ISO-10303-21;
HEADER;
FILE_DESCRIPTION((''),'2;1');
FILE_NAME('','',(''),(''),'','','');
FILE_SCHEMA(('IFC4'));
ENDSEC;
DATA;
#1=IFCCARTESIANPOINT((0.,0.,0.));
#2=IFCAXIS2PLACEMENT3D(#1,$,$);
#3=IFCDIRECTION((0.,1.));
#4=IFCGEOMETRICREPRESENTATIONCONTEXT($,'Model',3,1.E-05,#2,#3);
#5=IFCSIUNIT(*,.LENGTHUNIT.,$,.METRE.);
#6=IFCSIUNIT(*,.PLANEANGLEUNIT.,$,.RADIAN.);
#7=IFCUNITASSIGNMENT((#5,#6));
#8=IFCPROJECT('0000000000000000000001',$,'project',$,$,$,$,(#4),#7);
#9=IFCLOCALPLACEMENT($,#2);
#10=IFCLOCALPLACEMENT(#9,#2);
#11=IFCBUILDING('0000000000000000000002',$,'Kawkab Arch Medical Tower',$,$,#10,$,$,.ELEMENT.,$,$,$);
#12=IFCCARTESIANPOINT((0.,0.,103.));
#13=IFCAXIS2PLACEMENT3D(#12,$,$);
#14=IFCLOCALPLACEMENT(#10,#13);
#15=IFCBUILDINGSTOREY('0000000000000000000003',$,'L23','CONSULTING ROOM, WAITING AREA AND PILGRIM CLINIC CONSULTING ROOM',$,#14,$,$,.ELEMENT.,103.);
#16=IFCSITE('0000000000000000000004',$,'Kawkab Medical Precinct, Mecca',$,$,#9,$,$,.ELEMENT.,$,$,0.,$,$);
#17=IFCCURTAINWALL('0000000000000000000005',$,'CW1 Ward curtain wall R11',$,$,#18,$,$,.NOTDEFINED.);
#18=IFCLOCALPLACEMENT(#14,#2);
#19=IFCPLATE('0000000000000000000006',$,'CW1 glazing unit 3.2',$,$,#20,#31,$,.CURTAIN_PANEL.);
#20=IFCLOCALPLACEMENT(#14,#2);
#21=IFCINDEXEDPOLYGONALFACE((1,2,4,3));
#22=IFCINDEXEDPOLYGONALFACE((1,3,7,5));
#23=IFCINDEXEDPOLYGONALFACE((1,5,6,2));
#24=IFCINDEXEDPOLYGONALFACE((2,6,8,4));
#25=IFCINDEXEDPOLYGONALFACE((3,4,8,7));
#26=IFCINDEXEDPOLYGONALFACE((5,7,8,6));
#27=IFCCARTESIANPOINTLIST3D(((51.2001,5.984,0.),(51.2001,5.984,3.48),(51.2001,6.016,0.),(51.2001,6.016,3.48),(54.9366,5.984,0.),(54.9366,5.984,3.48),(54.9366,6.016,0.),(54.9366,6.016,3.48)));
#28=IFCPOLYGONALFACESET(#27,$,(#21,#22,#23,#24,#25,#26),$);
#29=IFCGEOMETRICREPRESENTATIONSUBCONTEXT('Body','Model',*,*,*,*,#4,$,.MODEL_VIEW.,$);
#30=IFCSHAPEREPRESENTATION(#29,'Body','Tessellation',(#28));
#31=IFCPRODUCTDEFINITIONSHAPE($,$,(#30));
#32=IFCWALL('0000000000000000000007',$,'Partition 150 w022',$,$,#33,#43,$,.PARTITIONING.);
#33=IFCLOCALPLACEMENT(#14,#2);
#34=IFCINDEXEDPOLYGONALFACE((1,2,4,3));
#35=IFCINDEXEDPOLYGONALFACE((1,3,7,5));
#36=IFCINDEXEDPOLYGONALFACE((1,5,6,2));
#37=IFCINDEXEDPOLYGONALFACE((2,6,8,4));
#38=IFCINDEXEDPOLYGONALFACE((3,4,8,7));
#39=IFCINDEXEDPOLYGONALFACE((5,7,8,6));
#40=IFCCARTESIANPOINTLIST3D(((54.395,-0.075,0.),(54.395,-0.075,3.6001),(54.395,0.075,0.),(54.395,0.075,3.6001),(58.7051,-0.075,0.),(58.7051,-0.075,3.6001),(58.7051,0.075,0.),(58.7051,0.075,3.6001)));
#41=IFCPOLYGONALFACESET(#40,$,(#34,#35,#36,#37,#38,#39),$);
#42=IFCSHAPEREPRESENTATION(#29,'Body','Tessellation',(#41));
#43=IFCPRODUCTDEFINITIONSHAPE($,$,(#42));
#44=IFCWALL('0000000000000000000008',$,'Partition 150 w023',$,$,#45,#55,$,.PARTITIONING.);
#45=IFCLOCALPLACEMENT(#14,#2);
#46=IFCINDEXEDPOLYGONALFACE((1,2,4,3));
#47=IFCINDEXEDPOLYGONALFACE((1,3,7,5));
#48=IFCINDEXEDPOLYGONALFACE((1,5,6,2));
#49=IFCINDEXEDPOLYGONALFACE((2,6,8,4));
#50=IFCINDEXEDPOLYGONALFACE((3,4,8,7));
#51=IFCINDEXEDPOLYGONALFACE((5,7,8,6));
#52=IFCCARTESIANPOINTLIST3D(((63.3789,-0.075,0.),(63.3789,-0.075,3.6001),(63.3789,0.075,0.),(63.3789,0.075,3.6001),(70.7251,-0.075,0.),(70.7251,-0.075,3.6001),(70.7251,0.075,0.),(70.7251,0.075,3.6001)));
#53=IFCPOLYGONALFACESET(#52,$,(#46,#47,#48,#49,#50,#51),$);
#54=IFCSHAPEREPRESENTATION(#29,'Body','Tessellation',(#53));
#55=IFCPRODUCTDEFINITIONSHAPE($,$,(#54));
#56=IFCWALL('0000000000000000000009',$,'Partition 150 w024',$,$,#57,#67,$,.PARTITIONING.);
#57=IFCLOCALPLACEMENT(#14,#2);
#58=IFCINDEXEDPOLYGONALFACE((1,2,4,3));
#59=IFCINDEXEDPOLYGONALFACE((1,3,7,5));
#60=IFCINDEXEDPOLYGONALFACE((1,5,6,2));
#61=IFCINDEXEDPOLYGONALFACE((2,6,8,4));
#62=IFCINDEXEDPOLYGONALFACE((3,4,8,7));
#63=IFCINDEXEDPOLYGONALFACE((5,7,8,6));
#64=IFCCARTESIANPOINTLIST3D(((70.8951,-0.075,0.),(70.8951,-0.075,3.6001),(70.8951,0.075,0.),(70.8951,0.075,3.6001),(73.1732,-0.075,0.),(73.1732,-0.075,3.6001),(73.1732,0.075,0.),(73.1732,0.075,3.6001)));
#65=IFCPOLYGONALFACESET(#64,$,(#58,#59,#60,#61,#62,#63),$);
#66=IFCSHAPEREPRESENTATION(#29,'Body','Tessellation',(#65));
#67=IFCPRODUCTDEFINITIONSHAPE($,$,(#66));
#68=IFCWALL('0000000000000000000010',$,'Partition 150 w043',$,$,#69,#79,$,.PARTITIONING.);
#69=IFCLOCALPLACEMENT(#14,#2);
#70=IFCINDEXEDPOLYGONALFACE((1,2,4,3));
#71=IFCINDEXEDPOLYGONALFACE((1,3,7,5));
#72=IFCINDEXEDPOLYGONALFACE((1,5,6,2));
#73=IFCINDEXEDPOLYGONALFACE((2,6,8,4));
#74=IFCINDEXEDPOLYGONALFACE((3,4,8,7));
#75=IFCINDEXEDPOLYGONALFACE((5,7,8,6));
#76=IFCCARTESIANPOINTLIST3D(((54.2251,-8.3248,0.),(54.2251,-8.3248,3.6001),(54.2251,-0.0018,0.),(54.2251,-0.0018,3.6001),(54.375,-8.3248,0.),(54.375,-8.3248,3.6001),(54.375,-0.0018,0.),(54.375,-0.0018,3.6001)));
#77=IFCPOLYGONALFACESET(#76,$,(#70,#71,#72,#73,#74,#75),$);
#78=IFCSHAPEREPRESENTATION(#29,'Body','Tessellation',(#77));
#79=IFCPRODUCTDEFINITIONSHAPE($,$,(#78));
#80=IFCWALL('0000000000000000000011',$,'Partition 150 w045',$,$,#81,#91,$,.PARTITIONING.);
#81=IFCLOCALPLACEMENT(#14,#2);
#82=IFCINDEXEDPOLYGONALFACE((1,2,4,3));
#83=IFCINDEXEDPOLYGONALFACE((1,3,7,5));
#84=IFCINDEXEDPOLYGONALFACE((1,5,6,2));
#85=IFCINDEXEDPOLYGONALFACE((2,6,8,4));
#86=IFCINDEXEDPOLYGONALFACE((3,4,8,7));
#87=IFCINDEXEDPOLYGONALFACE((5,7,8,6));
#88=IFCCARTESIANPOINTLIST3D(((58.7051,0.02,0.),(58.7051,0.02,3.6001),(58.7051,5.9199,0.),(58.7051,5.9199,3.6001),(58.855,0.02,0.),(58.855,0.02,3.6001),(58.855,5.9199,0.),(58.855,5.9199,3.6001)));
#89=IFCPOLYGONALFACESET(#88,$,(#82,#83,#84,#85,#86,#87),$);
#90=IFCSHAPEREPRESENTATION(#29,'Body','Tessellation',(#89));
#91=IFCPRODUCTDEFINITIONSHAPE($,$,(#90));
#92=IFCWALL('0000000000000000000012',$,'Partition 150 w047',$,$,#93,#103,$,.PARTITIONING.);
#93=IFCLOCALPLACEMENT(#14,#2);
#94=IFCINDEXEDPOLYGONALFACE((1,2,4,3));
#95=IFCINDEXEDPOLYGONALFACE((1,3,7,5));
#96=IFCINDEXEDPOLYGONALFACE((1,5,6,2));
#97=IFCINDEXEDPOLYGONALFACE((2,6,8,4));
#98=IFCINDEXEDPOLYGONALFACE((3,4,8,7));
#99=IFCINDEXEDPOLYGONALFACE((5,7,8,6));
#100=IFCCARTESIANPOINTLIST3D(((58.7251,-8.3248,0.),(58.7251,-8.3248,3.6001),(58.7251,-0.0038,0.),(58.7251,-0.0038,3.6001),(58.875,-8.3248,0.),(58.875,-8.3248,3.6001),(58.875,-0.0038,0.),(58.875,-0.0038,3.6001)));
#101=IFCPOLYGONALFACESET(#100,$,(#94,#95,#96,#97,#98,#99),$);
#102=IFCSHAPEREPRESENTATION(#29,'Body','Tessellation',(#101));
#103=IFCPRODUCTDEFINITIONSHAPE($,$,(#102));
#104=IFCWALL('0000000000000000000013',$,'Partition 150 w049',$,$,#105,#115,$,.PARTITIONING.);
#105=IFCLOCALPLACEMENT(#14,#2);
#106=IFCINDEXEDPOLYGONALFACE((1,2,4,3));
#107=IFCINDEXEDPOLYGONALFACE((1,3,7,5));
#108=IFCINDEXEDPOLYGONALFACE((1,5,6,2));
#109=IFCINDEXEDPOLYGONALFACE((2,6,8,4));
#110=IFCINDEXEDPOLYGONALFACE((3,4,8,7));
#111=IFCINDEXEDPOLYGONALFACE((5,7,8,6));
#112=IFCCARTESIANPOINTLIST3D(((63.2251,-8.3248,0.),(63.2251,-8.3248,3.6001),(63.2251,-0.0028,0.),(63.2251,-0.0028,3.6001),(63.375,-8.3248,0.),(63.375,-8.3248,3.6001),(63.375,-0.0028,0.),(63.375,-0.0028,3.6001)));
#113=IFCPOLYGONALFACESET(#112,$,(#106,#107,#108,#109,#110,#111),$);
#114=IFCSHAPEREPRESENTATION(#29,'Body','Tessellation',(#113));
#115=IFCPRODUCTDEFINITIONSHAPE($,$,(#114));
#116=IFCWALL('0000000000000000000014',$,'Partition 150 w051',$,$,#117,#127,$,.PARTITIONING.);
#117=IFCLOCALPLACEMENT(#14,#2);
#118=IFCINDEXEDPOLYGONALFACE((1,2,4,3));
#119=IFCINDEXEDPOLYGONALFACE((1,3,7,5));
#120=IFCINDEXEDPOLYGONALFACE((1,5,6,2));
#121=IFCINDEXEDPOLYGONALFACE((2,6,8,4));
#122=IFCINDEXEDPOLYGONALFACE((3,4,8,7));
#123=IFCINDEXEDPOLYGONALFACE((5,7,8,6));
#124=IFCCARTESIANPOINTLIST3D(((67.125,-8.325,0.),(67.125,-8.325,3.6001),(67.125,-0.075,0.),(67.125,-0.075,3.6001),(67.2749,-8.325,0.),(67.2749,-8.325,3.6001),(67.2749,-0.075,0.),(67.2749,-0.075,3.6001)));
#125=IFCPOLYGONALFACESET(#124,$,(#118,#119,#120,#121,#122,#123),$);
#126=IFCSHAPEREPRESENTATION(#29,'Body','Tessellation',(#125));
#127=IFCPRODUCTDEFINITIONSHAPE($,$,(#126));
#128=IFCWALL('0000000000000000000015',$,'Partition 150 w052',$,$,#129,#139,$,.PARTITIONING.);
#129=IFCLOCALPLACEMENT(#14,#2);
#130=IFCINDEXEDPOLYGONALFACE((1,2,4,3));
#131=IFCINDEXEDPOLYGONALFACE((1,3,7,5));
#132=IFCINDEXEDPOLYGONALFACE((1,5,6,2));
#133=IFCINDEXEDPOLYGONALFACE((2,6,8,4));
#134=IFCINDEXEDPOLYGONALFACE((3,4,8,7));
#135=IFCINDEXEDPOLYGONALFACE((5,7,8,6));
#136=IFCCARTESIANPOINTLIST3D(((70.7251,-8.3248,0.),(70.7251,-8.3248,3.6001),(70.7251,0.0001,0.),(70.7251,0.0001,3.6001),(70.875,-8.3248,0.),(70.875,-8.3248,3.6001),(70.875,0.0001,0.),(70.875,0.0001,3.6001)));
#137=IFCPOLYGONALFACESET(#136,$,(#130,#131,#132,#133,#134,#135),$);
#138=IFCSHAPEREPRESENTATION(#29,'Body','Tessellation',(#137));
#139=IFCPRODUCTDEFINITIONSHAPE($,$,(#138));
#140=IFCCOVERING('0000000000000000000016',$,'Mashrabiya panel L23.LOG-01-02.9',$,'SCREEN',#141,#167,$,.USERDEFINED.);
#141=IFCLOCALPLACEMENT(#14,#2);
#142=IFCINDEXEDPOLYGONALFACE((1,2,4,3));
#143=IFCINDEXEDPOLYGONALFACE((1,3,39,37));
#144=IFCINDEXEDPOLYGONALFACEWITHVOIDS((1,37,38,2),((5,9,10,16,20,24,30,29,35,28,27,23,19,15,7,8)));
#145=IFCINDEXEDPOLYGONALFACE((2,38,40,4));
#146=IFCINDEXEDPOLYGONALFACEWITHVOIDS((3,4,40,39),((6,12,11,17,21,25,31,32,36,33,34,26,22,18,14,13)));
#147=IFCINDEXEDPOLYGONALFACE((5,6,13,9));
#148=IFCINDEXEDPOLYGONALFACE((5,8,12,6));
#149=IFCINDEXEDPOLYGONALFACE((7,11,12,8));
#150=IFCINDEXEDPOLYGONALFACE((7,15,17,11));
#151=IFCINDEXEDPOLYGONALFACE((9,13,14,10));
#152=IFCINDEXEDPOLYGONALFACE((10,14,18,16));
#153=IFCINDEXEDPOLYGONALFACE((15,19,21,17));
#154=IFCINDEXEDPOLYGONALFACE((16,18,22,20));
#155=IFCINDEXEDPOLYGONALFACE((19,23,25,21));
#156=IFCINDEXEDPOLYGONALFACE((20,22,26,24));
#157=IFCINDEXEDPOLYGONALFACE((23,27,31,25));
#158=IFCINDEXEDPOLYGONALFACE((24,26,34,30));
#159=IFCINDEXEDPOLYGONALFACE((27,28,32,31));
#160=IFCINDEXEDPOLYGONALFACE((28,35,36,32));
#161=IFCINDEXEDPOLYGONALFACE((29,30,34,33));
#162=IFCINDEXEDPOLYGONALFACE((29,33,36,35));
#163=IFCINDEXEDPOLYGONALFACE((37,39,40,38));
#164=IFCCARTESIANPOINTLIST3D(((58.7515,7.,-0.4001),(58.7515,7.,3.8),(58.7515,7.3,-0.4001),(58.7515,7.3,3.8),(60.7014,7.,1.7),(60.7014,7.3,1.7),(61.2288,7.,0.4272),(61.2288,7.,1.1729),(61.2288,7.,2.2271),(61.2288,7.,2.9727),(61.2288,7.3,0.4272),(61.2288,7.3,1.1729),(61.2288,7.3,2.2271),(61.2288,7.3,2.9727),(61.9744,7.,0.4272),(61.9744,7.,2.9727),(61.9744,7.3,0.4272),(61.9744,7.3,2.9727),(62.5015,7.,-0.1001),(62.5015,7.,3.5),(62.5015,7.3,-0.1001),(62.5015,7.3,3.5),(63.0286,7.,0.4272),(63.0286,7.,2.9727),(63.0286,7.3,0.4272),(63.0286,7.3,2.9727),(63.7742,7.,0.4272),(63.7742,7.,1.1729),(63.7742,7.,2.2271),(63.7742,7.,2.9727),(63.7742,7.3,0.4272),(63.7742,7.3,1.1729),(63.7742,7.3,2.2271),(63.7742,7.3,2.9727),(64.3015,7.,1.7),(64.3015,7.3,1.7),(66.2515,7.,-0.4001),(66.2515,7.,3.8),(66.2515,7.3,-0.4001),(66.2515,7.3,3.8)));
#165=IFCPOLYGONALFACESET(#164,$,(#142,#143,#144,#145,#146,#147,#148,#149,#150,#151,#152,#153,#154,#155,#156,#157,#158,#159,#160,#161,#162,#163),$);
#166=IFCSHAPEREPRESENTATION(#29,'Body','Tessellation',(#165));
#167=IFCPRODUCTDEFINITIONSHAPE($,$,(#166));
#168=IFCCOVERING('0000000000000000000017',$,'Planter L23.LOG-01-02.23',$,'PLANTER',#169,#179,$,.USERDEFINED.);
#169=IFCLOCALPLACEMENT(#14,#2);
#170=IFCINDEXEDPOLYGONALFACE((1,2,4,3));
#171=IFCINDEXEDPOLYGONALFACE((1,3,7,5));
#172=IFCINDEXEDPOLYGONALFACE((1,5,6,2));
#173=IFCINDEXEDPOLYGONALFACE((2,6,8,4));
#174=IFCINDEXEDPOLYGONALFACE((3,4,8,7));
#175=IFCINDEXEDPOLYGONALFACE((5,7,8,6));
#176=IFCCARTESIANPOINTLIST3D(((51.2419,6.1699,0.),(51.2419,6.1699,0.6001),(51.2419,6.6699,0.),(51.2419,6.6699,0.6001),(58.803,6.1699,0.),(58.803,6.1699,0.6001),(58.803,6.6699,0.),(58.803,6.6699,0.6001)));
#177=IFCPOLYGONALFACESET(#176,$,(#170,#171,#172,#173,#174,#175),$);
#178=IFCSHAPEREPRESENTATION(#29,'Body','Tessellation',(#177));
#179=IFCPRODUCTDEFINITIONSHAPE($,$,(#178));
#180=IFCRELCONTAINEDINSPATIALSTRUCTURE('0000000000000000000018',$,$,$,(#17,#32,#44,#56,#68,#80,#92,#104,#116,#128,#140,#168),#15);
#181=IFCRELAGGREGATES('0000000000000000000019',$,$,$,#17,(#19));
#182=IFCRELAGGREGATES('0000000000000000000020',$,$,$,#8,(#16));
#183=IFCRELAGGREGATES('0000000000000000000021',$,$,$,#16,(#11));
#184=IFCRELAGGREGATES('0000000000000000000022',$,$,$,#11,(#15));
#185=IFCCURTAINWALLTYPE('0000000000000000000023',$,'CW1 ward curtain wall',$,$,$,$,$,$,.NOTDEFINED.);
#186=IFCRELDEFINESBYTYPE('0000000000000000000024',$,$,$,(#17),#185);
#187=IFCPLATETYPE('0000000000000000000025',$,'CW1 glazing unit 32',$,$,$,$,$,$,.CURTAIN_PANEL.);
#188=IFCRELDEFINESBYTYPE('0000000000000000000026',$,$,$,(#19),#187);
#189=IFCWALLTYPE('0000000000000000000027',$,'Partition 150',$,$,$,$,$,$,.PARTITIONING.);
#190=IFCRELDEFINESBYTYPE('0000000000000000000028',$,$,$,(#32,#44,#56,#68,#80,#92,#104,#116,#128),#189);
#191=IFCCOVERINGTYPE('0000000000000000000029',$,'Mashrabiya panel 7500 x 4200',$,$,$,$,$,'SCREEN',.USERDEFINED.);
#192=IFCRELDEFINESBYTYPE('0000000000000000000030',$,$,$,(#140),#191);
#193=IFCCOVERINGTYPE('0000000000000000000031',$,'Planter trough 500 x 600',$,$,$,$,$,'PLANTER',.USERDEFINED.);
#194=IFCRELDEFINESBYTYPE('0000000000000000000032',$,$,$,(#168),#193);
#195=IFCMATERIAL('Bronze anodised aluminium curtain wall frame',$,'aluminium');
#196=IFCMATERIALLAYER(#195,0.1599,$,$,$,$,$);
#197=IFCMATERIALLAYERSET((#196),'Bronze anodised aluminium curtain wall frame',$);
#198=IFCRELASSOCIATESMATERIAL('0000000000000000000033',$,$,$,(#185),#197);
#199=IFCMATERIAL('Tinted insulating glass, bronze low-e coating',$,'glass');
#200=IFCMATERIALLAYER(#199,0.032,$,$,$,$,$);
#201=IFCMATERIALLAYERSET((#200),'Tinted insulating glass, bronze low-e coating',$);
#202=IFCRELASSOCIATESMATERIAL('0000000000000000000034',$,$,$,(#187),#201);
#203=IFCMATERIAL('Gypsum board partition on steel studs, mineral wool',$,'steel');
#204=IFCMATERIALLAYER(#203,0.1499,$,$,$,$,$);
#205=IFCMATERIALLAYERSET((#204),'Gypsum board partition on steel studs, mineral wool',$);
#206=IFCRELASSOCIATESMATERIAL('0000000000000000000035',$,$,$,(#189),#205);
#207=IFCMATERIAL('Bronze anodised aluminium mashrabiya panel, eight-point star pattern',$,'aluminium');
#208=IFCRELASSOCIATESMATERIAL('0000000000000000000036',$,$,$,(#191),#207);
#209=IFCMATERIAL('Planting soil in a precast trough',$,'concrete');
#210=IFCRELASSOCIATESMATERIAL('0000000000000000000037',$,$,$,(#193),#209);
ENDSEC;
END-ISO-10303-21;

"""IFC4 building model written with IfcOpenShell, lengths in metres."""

from ifc_helpers import new_model, si_unit, direction, frame, frame_2d, origin, origin_2d, place, context, subcontext, project, spatial, polyline, rectangle, outline, extrude, material, layer, layer_set, material_profile, profile_set, type_object, element, aggregate, save


model = new_model("IFC4")

# Units and contexts
model_context = context("Model", 3, precision=1e-05, world=origin(), true_north=direction((0.0, 1.0)))
body_context = subcontext(model_context, "Body", "Model", "MODEL_VIEW")
ifc_project = project(units=[si_unit("LENGTHUNIT", "METRE"), si_unit("PLANEANGLEUNIT", "RADIAN")], contexts=[model_context])

# Site, building, storey
site_placement = place(None, origin())
site = spatial("IfcSite", under=ifc_project, at=site_placement, Name="Kawkab Medical Precinct, Mecca", CompositionType="ELEMENT", RefElevation=0.0)
building_placement = place(site_placement, origin())
building = spatial("IfcBuilding", under=site, at=building_placement, Name="Kawkab Arch Medical Tower", CompositionType="ELEMENT")
storey_placement = place(building_placement, frame((0.0, 0.0, 103.0)))
storey = spatial("IfcBuildingStorey", under=building, at=storey_placement, Name="L23", Description="CONSULTING ROOM, WAITING AREA AND PILGRIM CLINIC CONSULTING ROOM", CompositionType="ELEMENT", Elevation=103.0)

# Curtain wall, plate
ifc_material_1 = material(Name="Bronze anodised aluminium curtain wall frame", Category="aluminium")
ifc_layer_1 = layer(ifc_material_1, 0.1599)
ifc_layer_set_1 = layer_set([ifc_layer_1], Name="Bronze anodised aluminium curtain wall frame")
curtain_wall_type = type_object("IfcCurtainWallType", Name="CW1 ward curtain wall", PredefinedType="NOTDEFINED", material=ifc_layer_set_1)
curtain_wall_placement = place(storey_placement, origin())
curtain_wall = element("IfcCurtainWall", 1, at=curtain_wall_placement, inside=storey, type_object=curtain_wall_type, Name="CW1 Ward curtain wall R11", PredefinedType="NOTDEFINED")
ifc_material_2 = material(Name="Tinted insulating glass, bronze low-e coating", Category="glass")
ifc_layer_2 = layer(ifc_material_2, 0.032)
ifc_layer_set_2 = layer_set([ifc_layer_2], Name="Tinted insulating glass, bronze low-e coating")
plate_type = type_object("IfcPlateType", Name="CW1 glazing unit 32", PredefinedType="CURTAIN_PANEL", material=ifc_layer_set_2)
plate_1_placement = place(storey_placement, frame((53.0684, 6.0, 0.0), z_axis=(0.0, 0.0, 1.0), x_axis=(-1.0, 0.0, 0.0)))
plate_1 = element("IfcPlate", 2, at=plate_1_placement, type_object=plate_type, Name="CW1 glazing unit 3.2", PredefinedType="CURTAIN_PANEL", context=body_context, shape_type="SweptSolid", body=[
    extrude(rectangle(XDim=3.7366, YDim=0.032, at=origin_2d()), origin(), (0.0, 0.0, 1.0), 3.48),
])
aggregate(curtain_wall, [plate_1])

# Walls
ifc_material_3 = material(Name="Gypsum board partition on steel studs, mineral wool", Category="steel")
ifc_layer_3 = layer(ifc_material_3, 0.1499)
ifc_layer_set_3 = layer_set([ifc_layer_3], Name="Gypsum board partition on steel studs, mineral wool")
wall_type = type_object("IfcWallType", Name="Partition 150", PredefinedType="PARTITIONING", material=ifc_layer_set_3)
wall_1_placement = place(storey_placement, frame((54.395, 0.0, 0.0), z_axis=(0.0, 0.0, 1.0), x_axis=(1.0, 0.0, 0.0)))
element("IfcWall", 3, at=wall_1_placement, inside=storey, type_object=wall_type, Name="Partition 150 w022", PredefinedType="PARTITIONING", context=body_context, shape_type="SweptSolid", body=[
    extrude(rectangle(XDim=4.3101, YDim=0.1499, at=frame_2d((2.155, 0.0))), origin(), (0.0, 0.0, 1.0), 3.6001),
])
wall_2_placement = place(storey_placement, frame((63.3789, 0.0, 0.0), z_axis=(0.0, 0.0, 1.0), x_axis=(1.0, 0.0, 0.0)))
element("IfcWall", 4, at=wall_2_placement, inside=storey, type_object=wall_type, Name="Partition 150 w023", PredefinedType="PARTITIONING", context=body_context, shape_type="SweptSolid", body=[
    extrude(rectangle(XDim=7.3462, YDim=0.1499, at=frame_2d((3.6731, 0.0))), origin(), (0.0, 0.0, 1.0), 3.6001),
])
wall_3_placement = place(storey_placement, frame((70.895, 0.0, 0.0), z_axis=(0.0, 0.0, 1.0), x_axis=(1.0, 0.0, 0.0)))
element("IfcWall", 5, at=wall_3_placement, inside=storey, type_object=wall_type, Name="Partition 150 w024", PredefinedType="PARTITIONING", context=body_context, shape_type="SweptSolid", body=[
    extrude(rectangle(XDim=2.2781, YDim=0.1499, at=frame_2d((1.1392, 0.0))), origin(), (0.0, 0.0, 1.0), 3.6001),
])
wall_4_placement = place(storey_placement, frame((54.3, -8.325, 0.0), z_axis=(0.0, 0.0, 1.0), x_axis=(0.0, 1.0, 0.0)))
element("IfcWall", 6, at=wall_4_placement, inside=storey, type_object=wall_type, Name="Partition 150 w043", PredefinedType="PARTITIONING", context=body_context, shape_type="SweptSolid", body=[
    extrude(rectangle(XDim=8.323, YDim=0.1499, at=frame_2d((4.1616, 0.0))), origin(), (0.0, 0.0, 1.0), 3.6001),
])
wall_5_placement = place(storey_placement, frame((58.78, 0.02, 0.0), z_axis=(0.0, 0.0, 1.0), x_axis=(0.0, 1.0, 0.0)))
element("IfcWall", 7, at=wall_5_placement, inside=storey, type_object=wall_type, Name="Partition 150 w045", PredefinedType="PARTITIONING", context=body_context, shape_type="SweptSolid", body=[
    extrude(rectangle(XDim=5.8999, YDim=0.1499, at=frame_2d((2.95, 0.0))), origin(), (0.0, 0.0, 1.0), 3.6001),
])
wall_6_placement = place(storey_placement, frame((58.8, -8.325, 0.0), z_axis=(0.0, 0.0, 1.0), x_axis=(0.0, 1.0, 0.0)))
element("IfcWall", 8, at=wall_6_placement, inside=storey, type_object=wall_type, Name="Partition 150 w047", PredefinedType="PARTITIONING", context=body_context, shape_type="SweptSolid", body=[
    extrude(rectangle(XDim=8.321, YDim=0.1499, at=frame_2d((4.1606, 0.0))), origin(), (0.0, 0.0, 1.0), 3.6001),
])
wall_7_placement = place(storey_placement, frame((63.3, -8.325, 0.0), z_axis=(0.0, 0.0, 1.0), x_axis=(0.0, 1.0, 0.0)))
element("IfcWall", 9, at=wall_7_placement, inside=storey, type_object=wall_type, Name="Partition 150 w049", PredefinedType="PARTITIONING", context=body_context, shape_type="SweptSolid", body=[
    extrude(rectangle(XDim=8.322, YDim=0.1499, at=frame_2d((4.1611, 0.0))), origin(), (0.0, 0.0, 1.0), 3.6001),
])
wall_8_placement = place(storey_placement, frame((67.2, -8.325, 0.0), z_axis=(0.0, 0.0, 1.0), x_axis=(0.0, 1.0, 0.0)))
element("IfcWall", 10, at=wall_8_placement, inside=storey, type_object=wall_type, Name="Partition 150 w051", PredefinedType="PARTITIONING", context=body_context, shape_type="SweptSolid", body=[
    extrude(rectangle(XDim=8.25, YDim=0.1499, at=frame_2d((4.125, 0.0))), origin(), (0.0, 0.0, 1.0), 3.6001),
])
wall_9_placement = place(storey_placement, frame((70.8, -8.325, 0.0), z_axis=(0.0, 0.0, 1.0), x_axis=(0.0, 1.0, 0.0)))
element("IfcWall", 11, at=wall_9_placement, inside=storey, type_object=wall_type, Name="Partition 150 w052", PredefinedType="PARTITIONING", context=body_context, shape_type="SweptSolid", body=[
    extrude(rectangle(XDim=8.325, YDim=0.1499, at=frame_2d((4.1626, 0.0))), origin(), (0.0, 0.0, 1.0), 3.6001),
])

# Coverings
ifc_material_4 = material(Name="Bronze anodised aluminium mashrabiya panel, eight-point star pattern", Category="aluminium")
ifc_material_profile_1 = material_profile(ifc_material_4, outline(polyline([(-3.75, -2.1001), (3.75, -2.1001), (3.75, 2.1001), (-3.75, 2.1001), (-3.75, -2.1001)]), holes=[polyline([(1.8, 0.0), (1.2727, 0.5271), (1.2727, 1.2727), (0.5271, 1.2727), (0.0, 1.8), (-0.5271, 1.2727), (-1.2727, 1.2727), (-1.2727, 0.5271), (-1.8, 0.0), (-1.2727, -0.5271), (-1.2727, -1.2727), (-0.5271, -1.2727), (0.0, -1.8), (0.5271, -1.2727), (1.2727, -1.2727), (1.2727, -0.5271), (1.8, 0.0)])]), Name="Mashrabiya panel 7500x4200")
ifc_profile_set_1 = profile_set([ifc_material_profile_1], Name="Bronze anodised aluminium mashrabiya panel, eight-point star pattern")
covering_type_1 = type_object("IfcCoveringType", Name="Mashrabiya panel 7500 x 4200", ElementType="SCREEN", PredefinedType="USERDEFINED", material=ifc_profile_set_1)
covering_1_placement = place(storey_placement, frame((62.5015, 7.0, 1.7), z_axis=(0.0, 1.0, 0.0), x_axis=(-1.0, 0.0, 0.0)))
element("IfcCovering", 12, at=covering_1_placement, inside=storey, type_object=covering_type_1, Name="Mashrabiya panel L23.LOG-01-02.9", ObjectType="SCREEN", PredefinedType="USERDEFINED", context=body_context, shape_type="SweptSolid", body=[
    extrude(outline(polyline([(-3.75, -2.1001), (3.75, -2.1001), (3.75, 2.1001), (-3.75, 2.1001), (-3.75, -2.1001)]), holes=[polyline([(1.8, 0.0), (1.2727, 0.5271), (1.2727, 1.2727), (0.5271, 1.2727), (0.0, 1.8), (-0.5271, 1.2727), (-1.2727, 1.2727), (-1.2727, 0.5271), (-1.8, 0.0), (-1.2727, -0.5271), (-1.2727, -1.2727), (-0.5271, -1.2727), (0.0, -1.8), (0.5271, -1.2727), (1.2727, -1.2727), (1.2727, -0.5271), (1.8, 0.0)])]), origin(), (0.0, 0.0, 1.0), 0.3),
])
ifc_material_5 = material(Name="Planting soil in a precast trough", Category="concrete")
ifc_material_profile_2 = material_profile(ifc_material_5, rectangle(XDim=0.5, YDim=0.6001, at=origin_2d()), Name="Trough 500x600")
ifc_profile_set_2 = profile_set([ifc_material_profile_2], Name="Planting soil in a precast trough")
covering_type_2 = type_object("IfcCoveringType", Name="Planter trough 500 x 600", ElementType="PLANTER", PredefinedType="USERDEFINED", material=ifc_profile_set_2)
covering_2_placement = place(storey_placement, frame((51.2419, 6.4199, 0.3), z_axis=(1.0, 0.0, 0.0), x_axis=(0.0, 1.0, 0.0)))
element("IfcCovering", 13, at=covering_2_placement, inside=storey, type_object=covering_type_2, Name="Planter L23.LOG-01-02.23", ObjectType="PLANTER", PredefinedType="USERDEFINED", context=body_context, shape_type="SweptSolid", body=[
    extrude(rectangle(XDim=0.5, YDim=0.6001, at=origin_2d()), origin(), (0.0, 0.0, 1.0), 7.561),
])

save(model, "model.ifc")
